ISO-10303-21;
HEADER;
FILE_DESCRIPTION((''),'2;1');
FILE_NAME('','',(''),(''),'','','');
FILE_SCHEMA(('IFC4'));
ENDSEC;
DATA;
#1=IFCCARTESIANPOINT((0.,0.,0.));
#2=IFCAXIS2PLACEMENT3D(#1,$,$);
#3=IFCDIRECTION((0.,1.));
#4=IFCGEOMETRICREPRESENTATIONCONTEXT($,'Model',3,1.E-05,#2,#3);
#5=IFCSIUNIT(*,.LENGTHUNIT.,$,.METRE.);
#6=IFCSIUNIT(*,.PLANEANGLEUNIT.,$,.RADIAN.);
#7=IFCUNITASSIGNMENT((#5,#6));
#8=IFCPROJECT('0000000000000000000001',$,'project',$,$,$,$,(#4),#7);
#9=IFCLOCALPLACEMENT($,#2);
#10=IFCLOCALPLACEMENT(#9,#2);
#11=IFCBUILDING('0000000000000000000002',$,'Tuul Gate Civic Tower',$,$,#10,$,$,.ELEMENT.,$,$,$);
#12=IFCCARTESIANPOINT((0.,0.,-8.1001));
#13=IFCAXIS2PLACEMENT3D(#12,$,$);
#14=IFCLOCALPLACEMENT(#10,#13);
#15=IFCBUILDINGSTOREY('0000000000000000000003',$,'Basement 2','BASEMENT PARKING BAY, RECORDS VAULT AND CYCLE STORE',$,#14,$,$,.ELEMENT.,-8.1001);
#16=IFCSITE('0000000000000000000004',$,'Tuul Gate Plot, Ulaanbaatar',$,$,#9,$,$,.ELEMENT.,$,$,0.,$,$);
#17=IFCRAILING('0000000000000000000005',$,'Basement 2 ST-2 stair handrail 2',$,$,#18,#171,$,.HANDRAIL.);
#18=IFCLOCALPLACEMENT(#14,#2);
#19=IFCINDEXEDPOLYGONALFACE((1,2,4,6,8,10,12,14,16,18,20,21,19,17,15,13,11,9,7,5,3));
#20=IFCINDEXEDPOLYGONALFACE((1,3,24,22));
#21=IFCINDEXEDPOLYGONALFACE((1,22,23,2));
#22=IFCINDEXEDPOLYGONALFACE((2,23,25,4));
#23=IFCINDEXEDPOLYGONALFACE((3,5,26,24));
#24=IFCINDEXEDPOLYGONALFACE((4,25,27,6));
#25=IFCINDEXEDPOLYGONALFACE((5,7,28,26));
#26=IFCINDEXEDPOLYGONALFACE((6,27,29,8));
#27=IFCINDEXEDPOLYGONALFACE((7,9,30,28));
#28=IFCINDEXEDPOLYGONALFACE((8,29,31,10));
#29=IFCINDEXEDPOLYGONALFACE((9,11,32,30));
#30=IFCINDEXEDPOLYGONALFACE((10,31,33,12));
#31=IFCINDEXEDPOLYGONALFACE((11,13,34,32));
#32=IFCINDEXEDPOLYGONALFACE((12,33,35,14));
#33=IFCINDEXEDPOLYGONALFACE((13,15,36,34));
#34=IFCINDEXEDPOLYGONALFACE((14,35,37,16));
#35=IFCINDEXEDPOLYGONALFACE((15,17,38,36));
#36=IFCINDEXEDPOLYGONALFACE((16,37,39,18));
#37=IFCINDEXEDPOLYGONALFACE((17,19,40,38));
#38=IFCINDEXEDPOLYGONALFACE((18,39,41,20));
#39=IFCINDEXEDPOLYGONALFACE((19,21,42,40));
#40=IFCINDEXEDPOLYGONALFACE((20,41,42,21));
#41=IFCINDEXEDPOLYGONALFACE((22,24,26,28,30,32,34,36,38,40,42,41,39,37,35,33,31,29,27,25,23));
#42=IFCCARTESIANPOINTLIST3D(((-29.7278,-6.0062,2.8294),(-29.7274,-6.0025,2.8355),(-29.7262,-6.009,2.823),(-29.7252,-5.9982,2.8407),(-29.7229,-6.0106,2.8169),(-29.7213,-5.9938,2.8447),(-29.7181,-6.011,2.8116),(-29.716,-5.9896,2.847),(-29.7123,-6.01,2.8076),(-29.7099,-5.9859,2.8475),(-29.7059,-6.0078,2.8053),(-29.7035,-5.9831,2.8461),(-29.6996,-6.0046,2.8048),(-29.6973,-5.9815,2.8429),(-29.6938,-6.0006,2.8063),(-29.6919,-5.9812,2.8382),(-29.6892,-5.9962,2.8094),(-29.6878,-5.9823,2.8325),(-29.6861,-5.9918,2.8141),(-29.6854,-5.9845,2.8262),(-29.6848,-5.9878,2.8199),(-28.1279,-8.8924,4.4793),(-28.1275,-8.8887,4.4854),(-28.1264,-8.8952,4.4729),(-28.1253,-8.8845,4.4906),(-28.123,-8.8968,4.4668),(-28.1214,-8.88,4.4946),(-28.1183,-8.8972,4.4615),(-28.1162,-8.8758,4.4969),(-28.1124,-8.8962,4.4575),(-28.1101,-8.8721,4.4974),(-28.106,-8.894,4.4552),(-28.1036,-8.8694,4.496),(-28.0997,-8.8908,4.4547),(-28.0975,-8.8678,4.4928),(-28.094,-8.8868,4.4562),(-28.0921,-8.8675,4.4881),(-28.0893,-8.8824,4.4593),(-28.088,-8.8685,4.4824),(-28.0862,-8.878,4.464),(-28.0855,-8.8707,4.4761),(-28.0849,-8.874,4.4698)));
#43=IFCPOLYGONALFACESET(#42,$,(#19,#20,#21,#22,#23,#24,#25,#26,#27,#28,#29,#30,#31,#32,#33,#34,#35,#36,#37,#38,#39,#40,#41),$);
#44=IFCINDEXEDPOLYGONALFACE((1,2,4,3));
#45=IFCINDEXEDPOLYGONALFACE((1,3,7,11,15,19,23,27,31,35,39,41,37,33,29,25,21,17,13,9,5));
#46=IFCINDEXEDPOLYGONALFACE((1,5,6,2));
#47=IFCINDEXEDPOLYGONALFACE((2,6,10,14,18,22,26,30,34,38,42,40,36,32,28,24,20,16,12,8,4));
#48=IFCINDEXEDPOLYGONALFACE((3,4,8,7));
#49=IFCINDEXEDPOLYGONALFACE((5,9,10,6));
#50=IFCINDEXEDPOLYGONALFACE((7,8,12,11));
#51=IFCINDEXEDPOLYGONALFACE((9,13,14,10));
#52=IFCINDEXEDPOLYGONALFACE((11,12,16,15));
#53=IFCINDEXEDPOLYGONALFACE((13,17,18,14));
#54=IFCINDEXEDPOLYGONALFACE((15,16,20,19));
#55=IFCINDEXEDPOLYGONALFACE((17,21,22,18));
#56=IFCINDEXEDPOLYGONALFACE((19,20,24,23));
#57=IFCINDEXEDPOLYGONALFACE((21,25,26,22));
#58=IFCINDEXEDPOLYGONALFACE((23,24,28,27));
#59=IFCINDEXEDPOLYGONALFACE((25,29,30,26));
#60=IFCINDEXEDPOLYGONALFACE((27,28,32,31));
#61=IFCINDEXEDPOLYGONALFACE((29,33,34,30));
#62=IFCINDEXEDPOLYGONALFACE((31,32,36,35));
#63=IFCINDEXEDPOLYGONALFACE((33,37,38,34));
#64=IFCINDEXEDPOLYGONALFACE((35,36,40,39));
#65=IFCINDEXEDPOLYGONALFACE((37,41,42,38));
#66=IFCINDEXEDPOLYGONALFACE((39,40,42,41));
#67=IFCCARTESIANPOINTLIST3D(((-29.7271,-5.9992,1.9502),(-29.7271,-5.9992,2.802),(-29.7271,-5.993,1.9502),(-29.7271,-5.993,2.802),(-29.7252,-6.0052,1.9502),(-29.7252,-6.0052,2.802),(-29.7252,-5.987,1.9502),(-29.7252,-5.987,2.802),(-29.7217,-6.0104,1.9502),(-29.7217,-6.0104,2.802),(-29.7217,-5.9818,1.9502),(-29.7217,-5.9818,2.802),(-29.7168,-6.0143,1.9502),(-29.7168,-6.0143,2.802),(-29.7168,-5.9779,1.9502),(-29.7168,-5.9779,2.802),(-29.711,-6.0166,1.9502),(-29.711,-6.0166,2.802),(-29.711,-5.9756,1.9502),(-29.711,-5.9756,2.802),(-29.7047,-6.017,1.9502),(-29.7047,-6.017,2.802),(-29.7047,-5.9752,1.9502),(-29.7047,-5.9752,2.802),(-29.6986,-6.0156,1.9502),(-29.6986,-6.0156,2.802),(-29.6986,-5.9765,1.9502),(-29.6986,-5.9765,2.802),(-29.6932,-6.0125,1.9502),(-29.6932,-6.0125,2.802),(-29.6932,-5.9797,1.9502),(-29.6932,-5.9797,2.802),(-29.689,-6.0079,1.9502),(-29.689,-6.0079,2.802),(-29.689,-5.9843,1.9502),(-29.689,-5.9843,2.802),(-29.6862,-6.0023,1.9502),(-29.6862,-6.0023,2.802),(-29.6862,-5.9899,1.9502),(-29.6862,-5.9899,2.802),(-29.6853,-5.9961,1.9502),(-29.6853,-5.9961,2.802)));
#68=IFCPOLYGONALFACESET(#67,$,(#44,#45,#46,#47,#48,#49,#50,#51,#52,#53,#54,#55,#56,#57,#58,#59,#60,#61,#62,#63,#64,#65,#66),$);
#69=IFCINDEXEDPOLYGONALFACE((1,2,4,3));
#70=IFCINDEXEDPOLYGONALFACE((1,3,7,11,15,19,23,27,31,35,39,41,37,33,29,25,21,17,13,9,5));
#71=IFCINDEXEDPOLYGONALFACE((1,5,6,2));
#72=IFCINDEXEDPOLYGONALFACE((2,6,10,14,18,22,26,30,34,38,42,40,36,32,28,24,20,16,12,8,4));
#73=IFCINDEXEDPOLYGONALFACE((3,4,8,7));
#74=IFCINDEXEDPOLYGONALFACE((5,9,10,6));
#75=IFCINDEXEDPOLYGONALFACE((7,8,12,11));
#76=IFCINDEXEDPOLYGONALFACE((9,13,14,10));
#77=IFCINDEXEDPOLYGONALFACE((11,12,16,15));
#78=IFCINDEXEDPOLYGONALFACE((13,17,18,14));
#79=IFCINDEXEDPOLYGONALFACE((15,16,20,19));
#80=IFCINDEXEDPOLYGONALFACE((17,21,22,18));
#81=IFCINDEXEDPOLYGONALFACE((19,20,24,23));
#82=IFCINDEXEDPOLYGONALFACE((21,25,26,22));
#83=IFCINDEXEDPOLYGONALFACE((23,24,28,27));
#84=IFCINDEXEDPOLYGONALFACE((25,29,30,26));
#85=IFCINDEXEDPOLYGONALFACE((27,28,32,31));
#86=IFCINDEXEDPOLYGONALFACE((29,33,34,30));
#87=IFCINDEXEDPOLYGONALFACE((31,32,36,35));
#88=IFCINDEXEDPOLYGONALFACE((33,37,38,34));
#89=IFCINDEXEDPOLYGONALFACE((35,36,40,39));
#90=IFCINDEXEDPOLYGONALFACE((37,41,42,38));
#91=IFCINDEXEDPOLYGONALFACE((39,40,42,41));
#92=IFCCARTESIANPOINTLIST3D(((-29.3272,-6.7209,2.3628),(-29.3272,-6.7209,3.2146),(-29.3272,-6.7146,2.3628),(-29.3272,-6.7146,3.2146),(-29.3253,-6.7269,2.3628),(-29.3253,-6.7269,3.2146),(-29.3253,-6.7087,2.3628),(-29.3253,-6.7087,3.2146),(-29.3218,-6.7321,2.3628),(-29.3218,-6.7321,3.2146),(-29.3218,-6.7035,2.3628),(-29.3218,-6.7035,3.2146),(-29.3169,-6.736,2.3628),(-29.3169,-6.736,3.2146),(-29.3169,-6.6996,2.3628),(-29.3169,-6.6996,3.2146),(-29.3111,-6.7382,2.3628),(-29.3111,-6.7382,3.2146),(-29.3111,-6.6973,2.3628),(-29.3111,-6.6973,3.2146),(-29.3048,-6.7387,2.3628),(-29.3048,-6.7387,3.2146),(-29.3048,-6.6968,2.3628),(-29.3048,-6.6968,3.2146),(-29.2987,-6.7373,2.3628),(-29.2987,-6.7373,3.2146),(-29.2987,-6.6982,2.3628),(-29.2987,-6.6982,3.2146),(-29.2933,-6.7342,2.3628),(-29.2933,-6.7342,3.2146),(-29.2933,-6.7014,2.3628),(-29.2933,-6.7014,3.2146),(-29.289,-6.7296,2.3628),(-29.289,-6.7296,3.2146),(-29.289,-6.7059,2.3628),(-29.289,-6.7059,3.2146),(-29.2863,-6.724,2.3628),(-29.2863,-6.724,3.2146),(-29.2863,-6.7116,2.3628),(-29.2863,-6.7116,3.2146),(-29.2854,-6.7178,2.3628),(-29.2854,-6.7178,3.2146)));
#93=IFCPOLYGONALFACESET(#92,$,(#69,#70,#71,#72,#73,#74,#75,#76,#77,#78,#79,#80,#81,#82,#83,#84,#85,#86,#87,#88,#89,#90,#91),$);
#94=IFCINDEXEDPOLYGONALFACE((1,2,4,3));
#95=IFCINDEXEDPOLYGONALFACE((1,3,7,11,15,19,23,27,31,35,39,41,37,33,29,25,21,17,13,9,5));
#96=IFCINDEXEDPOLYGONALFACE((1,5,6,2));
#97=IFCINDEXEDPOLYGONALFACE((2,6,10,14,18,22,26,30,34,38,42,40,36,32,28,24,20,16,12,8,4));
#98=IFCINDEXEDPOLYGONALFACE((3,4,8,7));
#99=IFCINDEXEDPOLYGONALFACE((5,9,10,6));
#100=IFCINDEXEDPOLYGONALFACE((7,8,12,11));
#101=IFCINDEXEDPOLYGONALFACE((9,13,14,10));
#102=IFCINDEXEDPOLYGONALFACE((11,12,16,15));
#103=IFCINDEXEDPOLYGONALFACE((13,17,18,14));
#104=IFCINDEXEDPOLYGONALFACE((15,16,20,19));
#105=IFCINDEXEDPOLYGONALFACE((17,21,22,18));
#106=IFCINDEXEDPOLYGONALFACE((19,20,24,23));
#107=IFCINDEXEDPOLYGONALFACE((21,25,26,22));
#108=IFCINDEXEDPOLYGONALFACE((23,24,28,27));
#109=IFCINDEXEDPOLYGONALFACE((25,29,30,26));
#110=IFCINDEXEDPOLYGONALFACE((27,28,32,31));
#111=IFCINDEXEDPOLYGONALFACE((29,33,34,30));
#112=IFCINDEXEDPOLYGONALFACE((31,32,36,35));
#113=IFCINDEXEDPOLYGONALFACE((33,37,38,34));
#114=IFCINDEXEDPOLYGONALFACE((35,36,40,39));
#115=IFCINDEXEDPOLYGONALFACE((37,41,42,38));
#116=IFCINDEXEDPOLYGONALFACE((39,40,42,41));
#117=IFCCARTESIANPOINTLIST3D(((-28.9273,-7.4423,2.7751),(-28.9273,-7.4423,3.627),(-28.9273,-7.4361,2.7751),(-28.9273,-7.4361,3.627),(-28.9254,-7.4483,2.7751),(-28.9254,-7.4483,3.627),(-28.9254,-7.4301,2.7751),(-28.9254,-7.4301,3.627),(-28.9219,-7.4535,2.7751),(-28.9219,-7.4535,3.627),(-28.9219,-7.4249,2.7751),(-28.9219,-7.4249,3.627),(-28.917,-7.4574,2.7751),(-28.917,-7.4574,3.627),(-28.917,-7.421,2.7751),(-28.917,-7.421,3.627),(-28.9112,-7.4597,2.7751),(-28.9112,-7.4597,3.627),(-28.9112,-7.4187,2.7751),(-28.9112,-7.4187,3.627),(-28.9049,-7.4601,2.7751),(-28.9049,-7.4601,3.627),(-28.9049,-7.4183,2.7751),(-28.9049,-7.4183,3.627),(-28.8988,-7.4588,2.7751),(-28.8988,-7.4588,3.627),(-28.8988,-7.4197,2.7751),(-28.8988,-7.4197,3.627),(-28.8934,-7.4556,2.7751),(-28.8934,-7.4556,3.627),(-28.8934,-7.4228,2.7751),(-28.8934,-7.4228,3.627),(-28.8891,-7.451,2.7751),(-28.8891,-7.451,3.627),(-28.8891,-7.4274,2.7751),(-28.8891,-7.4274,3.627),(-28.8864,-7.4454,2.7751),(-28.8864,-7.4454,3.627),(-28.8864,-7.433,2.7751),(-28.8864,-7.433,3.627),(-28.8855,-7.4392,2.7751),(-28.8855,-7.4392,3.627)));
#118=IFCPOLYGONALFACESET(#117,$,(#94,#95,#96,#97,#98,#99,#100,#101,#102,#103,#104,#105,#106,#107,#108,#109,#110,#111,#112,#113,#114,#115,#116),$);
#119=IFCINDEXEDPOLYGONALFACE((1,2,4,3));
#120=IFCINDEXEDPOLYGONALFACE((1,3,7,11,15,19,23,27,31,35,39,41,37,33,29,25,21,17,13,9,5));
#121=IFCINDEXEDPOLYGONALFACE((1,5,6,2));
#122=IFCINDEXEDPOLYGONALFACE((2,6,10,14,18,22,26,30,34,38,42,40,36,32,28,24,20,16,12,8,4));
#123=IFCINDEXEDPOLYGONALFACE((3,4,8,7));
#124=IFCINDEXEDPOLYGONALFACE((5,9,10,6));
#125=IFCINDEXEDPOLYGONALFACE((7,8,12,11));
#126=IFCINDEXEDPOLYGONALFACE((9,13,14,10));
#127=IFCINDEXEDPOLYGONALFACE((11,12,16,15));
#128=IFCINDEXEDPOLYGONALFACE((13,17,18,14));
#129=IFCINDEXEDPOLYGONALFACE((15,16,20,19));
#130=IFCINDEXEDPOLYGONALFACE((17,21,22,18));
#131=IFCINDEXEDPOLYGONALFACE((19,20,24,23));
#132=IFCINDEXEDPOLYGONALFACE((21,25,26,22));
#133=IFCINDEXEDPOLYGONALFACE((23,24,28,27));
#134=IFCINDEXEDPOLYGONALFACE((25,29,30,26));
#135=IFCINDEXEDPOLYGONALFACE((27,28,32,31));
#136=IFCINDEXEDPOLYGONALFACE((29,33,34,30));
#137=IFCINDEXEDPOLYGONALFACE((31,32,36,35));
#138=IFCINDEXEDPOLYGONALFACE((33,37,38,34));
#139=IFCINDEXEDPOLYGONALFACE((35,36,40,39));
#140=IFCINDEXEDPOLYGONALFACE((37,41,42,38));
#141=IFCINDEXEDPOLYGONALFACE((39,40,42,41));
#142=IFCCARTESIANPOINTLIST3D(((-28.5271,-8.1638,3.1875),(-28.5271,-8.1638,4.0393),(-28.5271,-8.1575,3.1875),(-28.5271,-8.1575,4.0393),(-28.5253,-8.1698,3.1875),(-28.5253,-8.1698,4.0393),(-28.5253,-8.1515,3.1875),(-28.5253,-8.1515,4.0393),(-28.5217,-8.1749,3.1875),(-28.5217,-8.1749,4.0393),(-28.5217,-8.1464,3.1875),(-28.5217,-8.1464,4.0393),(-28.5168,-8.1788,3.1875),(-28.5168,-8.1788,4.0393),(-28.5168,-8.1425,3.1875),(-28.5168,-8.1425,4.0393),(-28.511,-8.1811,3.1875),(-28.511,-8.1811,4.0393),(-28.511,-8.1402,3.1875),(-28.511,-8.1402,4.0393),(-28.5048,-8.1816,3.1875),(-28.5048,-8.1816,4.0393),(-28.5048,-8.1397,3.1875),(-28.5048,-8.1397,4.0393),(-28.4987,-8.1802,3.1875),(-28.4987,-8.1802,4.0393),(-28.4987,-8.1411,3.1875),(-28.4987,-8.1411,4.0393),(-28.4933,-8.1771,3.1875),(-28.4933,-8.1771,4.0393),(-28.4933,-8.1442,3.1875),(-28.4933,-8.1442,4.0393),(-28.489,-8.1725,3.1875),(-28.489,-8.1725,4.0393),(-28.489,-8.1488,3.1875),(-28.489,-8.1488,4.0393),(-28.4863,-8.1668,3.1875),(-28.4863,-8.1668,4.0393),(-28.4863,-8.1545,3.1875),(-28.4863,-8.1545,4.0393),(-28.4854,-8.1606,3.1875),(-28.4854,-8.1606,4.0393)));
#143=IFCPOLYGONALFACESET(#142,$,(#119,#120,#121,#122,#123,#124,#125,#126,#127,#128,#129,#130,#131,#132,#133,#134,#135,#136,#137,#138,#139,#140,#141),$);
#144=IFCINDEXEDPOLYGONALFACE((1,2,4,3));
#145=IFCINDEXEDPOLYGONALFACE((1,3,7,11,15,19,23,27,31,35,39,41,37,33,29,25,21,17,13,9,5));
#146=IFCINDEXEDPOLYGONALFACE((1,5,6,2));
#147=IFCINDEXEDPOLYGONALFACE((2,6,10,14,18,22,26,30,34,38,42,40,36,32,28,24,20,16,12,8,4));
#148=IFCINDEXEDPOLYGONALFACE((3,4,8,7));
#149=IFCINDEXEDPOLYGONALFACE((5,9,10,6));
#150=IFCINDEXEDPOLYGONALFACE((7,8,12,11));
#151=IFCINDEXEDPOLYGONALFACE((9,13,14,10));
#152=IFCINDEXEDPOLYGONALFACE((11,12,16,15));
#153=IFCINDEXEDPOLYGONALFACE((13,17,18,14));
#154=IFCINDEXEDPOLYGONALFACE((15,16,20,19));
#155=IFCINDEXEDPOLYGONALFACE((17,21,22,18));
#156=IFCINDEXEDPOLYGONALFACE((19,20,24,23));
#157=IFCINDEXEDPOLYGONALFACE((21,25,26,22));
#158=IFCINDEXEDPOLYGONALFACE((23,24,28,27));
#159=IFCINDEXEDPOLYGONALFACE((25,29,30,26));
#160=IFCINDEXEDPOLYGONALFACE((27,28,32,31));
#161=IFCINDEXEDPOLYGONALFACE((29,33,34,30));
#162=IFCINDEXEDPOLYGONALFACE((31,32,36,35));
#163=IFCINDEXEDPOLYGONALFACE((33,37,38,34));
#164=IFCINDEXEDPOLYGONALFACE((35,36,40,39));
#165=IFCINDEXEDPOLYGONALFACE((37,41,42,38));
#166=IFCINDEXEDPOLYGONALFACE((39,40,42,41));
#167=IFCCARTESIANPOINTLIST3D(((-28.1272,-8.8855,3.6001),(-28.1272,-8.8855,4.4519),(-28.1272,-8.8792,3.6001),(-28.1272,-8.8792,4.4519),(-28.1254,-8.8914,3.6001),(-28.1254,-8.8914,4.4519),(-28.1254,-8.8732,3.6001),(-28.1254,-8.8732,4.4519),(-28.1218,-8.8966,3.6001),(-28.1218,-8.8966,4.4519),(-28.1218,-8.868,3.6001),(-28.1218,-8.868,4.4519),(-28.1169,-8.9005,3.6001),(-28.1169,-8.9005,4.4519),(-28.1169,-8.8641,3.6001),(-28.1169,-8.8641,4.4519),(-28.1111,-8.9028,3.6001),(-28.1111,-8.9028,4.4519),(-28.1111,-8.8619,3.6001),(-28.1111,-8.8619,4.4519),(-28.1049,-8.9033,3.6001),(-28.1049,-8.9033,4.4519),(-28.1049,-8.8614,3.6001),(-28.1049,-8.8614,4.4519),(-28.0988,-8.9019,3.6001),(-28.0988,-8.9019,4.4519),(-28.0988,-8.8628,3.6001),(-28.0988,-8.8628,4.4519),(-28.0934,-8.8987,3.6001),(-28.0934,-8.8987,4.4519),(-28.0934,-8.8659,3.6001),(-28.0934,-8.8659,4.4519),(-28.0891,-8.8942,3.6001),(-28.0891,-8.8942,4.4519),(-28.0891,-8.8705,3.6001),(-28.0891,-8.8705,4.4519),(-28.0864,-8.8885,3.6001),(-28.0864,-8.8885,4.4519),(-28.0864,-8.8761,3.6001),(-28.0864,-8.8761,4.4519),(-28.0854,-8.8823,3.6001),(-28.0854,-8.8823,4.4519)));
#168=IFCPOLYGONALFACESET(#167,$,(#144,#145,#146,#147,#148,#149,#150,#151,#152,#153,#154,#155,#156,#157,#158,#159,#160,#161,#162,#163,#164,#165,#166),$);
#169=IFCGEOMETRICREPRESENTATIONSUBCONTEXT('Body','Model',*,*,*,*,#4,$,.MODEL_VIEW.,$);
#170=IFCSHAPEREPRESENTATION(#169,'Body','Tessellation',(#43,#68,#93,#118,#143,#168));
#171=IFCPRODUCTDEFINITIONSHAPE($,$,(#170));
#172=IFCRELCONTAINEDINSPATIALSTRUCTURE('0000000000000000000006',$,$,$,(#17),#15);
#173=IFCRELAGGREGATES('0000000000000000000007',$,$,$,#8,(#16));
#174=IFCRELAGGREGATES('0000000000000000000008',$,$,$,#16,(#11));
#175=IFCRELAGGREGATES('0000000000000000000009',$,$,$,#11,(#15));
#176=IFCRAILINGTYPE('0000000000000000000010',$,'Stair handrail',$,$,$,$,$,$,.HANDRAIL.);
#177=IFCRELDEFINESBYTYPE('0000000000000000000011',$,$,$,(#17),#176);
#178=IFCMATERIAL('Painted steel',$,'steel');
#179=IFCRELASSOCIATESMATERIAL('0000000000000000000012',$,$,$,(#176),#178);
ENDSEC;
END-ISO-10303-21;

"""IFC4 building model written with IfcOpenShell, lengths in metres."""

from ifc_helpers import new_model, si_unit, direction, frame, origin, origin_2d, place, context, subcontext, project, spatial, circle, extrude, material, type_object, element, save


model = new_model("IFC4")

# Units and contexts
model_context = context("Model", 3, precision=1e-05, world=origin(), true_north=direction((0.0, 1.0)))
body_context = subcontext(model_context, "Body", "Model", "MODEL_VIEW")
ifc_project = project(units=[si_unit("LENGTHUNIT", "METRE"), si_unit("PLANEANGLEUNIT", "RADIAN")], contexts=[model_context])

# Site, building, storey
site_placement = place(None, origin())
site = spatial("IfcSite", under=ifc_project, at=site_placement, Name="Tuul Gate Plot, Ulaanbaatar", CompositionType="ELEMENT", RefElevation=0.0)
building_placement = place(site_placement, origin())
building = spatial("IfcBuilding", under=site, at=building_placement, Name="Tuul Gate Civic Tower", CompositionType="ELEMENT")
storey_placement = place(building_placement, frame((0.0, 0.0, -8.1001)))
storey = spatial("IfcBuildingStorey", under=building, at=storey_placement, Name="Basement 2", Description="BASEMENT PARKING BAY, RECORDS VAULT AND CYCLE STORE", CompositionType="ELEMENT", Elevation=-8.1001)

# Railing
ifc_material_1 = material(Name="Painted steel", Category="steel")
railing_type_1 = type_object("IfcRailingType", Name="Stair handrail", PredefinedType="HANDRAIL", material=ifc_material_1)
railing_1_placement = place(storey_placement, frame((-29.7063, -5.9961, 1.9502)))
element("IfcRailing", 1, at=railing_1_placement, inside=storey, type_object=railing_type_1, Name="Basement 2 ST-2 stair handrail 2", PredefinedType="HANDRAIL", context=body_context, shape_type="SweptSolid", body=[
    extrude(circle(Radius=0.0239, at=origin_2d()), frame((0.0, 0.0, 0.876), z_axis=(0.433629, -0.782293, 0.447195), x_axis=(0.874621, 0.484807, 0.0)), (0.0, 0.0, 1.0), 3.6895),
    extrude(circle(Radius=0.021, at=origin_2d()), origin(), (0.0, 0.0, 1.0), 0.8518),
    extrude(circle(Radius=0.021, at=origin_2d()), frame((0.3999, -0.7217, 0.4126)), (0.0, 0.0, 1.0), 0.8518),
    extrude(circle(Radius=0.021, at=origin_2d()), frame((0.7998, -1.4431, 0.825)), (0.0, 0.0, 1.0), 0.8518),
    extrude(circle(Radius=0.021, at=origin_2d()), frame((1.2, -2.1646, 1.2373)), (0.0, 0.0, 1.0), 0.8518),
    extrude(circle(Radius=0.021, at=origin_2d()), frame((1.5999, -2.8862, 1.6499)), (0.0, 0.0, 1.0), 0.8518),
])

save(model, "model.ifc")
